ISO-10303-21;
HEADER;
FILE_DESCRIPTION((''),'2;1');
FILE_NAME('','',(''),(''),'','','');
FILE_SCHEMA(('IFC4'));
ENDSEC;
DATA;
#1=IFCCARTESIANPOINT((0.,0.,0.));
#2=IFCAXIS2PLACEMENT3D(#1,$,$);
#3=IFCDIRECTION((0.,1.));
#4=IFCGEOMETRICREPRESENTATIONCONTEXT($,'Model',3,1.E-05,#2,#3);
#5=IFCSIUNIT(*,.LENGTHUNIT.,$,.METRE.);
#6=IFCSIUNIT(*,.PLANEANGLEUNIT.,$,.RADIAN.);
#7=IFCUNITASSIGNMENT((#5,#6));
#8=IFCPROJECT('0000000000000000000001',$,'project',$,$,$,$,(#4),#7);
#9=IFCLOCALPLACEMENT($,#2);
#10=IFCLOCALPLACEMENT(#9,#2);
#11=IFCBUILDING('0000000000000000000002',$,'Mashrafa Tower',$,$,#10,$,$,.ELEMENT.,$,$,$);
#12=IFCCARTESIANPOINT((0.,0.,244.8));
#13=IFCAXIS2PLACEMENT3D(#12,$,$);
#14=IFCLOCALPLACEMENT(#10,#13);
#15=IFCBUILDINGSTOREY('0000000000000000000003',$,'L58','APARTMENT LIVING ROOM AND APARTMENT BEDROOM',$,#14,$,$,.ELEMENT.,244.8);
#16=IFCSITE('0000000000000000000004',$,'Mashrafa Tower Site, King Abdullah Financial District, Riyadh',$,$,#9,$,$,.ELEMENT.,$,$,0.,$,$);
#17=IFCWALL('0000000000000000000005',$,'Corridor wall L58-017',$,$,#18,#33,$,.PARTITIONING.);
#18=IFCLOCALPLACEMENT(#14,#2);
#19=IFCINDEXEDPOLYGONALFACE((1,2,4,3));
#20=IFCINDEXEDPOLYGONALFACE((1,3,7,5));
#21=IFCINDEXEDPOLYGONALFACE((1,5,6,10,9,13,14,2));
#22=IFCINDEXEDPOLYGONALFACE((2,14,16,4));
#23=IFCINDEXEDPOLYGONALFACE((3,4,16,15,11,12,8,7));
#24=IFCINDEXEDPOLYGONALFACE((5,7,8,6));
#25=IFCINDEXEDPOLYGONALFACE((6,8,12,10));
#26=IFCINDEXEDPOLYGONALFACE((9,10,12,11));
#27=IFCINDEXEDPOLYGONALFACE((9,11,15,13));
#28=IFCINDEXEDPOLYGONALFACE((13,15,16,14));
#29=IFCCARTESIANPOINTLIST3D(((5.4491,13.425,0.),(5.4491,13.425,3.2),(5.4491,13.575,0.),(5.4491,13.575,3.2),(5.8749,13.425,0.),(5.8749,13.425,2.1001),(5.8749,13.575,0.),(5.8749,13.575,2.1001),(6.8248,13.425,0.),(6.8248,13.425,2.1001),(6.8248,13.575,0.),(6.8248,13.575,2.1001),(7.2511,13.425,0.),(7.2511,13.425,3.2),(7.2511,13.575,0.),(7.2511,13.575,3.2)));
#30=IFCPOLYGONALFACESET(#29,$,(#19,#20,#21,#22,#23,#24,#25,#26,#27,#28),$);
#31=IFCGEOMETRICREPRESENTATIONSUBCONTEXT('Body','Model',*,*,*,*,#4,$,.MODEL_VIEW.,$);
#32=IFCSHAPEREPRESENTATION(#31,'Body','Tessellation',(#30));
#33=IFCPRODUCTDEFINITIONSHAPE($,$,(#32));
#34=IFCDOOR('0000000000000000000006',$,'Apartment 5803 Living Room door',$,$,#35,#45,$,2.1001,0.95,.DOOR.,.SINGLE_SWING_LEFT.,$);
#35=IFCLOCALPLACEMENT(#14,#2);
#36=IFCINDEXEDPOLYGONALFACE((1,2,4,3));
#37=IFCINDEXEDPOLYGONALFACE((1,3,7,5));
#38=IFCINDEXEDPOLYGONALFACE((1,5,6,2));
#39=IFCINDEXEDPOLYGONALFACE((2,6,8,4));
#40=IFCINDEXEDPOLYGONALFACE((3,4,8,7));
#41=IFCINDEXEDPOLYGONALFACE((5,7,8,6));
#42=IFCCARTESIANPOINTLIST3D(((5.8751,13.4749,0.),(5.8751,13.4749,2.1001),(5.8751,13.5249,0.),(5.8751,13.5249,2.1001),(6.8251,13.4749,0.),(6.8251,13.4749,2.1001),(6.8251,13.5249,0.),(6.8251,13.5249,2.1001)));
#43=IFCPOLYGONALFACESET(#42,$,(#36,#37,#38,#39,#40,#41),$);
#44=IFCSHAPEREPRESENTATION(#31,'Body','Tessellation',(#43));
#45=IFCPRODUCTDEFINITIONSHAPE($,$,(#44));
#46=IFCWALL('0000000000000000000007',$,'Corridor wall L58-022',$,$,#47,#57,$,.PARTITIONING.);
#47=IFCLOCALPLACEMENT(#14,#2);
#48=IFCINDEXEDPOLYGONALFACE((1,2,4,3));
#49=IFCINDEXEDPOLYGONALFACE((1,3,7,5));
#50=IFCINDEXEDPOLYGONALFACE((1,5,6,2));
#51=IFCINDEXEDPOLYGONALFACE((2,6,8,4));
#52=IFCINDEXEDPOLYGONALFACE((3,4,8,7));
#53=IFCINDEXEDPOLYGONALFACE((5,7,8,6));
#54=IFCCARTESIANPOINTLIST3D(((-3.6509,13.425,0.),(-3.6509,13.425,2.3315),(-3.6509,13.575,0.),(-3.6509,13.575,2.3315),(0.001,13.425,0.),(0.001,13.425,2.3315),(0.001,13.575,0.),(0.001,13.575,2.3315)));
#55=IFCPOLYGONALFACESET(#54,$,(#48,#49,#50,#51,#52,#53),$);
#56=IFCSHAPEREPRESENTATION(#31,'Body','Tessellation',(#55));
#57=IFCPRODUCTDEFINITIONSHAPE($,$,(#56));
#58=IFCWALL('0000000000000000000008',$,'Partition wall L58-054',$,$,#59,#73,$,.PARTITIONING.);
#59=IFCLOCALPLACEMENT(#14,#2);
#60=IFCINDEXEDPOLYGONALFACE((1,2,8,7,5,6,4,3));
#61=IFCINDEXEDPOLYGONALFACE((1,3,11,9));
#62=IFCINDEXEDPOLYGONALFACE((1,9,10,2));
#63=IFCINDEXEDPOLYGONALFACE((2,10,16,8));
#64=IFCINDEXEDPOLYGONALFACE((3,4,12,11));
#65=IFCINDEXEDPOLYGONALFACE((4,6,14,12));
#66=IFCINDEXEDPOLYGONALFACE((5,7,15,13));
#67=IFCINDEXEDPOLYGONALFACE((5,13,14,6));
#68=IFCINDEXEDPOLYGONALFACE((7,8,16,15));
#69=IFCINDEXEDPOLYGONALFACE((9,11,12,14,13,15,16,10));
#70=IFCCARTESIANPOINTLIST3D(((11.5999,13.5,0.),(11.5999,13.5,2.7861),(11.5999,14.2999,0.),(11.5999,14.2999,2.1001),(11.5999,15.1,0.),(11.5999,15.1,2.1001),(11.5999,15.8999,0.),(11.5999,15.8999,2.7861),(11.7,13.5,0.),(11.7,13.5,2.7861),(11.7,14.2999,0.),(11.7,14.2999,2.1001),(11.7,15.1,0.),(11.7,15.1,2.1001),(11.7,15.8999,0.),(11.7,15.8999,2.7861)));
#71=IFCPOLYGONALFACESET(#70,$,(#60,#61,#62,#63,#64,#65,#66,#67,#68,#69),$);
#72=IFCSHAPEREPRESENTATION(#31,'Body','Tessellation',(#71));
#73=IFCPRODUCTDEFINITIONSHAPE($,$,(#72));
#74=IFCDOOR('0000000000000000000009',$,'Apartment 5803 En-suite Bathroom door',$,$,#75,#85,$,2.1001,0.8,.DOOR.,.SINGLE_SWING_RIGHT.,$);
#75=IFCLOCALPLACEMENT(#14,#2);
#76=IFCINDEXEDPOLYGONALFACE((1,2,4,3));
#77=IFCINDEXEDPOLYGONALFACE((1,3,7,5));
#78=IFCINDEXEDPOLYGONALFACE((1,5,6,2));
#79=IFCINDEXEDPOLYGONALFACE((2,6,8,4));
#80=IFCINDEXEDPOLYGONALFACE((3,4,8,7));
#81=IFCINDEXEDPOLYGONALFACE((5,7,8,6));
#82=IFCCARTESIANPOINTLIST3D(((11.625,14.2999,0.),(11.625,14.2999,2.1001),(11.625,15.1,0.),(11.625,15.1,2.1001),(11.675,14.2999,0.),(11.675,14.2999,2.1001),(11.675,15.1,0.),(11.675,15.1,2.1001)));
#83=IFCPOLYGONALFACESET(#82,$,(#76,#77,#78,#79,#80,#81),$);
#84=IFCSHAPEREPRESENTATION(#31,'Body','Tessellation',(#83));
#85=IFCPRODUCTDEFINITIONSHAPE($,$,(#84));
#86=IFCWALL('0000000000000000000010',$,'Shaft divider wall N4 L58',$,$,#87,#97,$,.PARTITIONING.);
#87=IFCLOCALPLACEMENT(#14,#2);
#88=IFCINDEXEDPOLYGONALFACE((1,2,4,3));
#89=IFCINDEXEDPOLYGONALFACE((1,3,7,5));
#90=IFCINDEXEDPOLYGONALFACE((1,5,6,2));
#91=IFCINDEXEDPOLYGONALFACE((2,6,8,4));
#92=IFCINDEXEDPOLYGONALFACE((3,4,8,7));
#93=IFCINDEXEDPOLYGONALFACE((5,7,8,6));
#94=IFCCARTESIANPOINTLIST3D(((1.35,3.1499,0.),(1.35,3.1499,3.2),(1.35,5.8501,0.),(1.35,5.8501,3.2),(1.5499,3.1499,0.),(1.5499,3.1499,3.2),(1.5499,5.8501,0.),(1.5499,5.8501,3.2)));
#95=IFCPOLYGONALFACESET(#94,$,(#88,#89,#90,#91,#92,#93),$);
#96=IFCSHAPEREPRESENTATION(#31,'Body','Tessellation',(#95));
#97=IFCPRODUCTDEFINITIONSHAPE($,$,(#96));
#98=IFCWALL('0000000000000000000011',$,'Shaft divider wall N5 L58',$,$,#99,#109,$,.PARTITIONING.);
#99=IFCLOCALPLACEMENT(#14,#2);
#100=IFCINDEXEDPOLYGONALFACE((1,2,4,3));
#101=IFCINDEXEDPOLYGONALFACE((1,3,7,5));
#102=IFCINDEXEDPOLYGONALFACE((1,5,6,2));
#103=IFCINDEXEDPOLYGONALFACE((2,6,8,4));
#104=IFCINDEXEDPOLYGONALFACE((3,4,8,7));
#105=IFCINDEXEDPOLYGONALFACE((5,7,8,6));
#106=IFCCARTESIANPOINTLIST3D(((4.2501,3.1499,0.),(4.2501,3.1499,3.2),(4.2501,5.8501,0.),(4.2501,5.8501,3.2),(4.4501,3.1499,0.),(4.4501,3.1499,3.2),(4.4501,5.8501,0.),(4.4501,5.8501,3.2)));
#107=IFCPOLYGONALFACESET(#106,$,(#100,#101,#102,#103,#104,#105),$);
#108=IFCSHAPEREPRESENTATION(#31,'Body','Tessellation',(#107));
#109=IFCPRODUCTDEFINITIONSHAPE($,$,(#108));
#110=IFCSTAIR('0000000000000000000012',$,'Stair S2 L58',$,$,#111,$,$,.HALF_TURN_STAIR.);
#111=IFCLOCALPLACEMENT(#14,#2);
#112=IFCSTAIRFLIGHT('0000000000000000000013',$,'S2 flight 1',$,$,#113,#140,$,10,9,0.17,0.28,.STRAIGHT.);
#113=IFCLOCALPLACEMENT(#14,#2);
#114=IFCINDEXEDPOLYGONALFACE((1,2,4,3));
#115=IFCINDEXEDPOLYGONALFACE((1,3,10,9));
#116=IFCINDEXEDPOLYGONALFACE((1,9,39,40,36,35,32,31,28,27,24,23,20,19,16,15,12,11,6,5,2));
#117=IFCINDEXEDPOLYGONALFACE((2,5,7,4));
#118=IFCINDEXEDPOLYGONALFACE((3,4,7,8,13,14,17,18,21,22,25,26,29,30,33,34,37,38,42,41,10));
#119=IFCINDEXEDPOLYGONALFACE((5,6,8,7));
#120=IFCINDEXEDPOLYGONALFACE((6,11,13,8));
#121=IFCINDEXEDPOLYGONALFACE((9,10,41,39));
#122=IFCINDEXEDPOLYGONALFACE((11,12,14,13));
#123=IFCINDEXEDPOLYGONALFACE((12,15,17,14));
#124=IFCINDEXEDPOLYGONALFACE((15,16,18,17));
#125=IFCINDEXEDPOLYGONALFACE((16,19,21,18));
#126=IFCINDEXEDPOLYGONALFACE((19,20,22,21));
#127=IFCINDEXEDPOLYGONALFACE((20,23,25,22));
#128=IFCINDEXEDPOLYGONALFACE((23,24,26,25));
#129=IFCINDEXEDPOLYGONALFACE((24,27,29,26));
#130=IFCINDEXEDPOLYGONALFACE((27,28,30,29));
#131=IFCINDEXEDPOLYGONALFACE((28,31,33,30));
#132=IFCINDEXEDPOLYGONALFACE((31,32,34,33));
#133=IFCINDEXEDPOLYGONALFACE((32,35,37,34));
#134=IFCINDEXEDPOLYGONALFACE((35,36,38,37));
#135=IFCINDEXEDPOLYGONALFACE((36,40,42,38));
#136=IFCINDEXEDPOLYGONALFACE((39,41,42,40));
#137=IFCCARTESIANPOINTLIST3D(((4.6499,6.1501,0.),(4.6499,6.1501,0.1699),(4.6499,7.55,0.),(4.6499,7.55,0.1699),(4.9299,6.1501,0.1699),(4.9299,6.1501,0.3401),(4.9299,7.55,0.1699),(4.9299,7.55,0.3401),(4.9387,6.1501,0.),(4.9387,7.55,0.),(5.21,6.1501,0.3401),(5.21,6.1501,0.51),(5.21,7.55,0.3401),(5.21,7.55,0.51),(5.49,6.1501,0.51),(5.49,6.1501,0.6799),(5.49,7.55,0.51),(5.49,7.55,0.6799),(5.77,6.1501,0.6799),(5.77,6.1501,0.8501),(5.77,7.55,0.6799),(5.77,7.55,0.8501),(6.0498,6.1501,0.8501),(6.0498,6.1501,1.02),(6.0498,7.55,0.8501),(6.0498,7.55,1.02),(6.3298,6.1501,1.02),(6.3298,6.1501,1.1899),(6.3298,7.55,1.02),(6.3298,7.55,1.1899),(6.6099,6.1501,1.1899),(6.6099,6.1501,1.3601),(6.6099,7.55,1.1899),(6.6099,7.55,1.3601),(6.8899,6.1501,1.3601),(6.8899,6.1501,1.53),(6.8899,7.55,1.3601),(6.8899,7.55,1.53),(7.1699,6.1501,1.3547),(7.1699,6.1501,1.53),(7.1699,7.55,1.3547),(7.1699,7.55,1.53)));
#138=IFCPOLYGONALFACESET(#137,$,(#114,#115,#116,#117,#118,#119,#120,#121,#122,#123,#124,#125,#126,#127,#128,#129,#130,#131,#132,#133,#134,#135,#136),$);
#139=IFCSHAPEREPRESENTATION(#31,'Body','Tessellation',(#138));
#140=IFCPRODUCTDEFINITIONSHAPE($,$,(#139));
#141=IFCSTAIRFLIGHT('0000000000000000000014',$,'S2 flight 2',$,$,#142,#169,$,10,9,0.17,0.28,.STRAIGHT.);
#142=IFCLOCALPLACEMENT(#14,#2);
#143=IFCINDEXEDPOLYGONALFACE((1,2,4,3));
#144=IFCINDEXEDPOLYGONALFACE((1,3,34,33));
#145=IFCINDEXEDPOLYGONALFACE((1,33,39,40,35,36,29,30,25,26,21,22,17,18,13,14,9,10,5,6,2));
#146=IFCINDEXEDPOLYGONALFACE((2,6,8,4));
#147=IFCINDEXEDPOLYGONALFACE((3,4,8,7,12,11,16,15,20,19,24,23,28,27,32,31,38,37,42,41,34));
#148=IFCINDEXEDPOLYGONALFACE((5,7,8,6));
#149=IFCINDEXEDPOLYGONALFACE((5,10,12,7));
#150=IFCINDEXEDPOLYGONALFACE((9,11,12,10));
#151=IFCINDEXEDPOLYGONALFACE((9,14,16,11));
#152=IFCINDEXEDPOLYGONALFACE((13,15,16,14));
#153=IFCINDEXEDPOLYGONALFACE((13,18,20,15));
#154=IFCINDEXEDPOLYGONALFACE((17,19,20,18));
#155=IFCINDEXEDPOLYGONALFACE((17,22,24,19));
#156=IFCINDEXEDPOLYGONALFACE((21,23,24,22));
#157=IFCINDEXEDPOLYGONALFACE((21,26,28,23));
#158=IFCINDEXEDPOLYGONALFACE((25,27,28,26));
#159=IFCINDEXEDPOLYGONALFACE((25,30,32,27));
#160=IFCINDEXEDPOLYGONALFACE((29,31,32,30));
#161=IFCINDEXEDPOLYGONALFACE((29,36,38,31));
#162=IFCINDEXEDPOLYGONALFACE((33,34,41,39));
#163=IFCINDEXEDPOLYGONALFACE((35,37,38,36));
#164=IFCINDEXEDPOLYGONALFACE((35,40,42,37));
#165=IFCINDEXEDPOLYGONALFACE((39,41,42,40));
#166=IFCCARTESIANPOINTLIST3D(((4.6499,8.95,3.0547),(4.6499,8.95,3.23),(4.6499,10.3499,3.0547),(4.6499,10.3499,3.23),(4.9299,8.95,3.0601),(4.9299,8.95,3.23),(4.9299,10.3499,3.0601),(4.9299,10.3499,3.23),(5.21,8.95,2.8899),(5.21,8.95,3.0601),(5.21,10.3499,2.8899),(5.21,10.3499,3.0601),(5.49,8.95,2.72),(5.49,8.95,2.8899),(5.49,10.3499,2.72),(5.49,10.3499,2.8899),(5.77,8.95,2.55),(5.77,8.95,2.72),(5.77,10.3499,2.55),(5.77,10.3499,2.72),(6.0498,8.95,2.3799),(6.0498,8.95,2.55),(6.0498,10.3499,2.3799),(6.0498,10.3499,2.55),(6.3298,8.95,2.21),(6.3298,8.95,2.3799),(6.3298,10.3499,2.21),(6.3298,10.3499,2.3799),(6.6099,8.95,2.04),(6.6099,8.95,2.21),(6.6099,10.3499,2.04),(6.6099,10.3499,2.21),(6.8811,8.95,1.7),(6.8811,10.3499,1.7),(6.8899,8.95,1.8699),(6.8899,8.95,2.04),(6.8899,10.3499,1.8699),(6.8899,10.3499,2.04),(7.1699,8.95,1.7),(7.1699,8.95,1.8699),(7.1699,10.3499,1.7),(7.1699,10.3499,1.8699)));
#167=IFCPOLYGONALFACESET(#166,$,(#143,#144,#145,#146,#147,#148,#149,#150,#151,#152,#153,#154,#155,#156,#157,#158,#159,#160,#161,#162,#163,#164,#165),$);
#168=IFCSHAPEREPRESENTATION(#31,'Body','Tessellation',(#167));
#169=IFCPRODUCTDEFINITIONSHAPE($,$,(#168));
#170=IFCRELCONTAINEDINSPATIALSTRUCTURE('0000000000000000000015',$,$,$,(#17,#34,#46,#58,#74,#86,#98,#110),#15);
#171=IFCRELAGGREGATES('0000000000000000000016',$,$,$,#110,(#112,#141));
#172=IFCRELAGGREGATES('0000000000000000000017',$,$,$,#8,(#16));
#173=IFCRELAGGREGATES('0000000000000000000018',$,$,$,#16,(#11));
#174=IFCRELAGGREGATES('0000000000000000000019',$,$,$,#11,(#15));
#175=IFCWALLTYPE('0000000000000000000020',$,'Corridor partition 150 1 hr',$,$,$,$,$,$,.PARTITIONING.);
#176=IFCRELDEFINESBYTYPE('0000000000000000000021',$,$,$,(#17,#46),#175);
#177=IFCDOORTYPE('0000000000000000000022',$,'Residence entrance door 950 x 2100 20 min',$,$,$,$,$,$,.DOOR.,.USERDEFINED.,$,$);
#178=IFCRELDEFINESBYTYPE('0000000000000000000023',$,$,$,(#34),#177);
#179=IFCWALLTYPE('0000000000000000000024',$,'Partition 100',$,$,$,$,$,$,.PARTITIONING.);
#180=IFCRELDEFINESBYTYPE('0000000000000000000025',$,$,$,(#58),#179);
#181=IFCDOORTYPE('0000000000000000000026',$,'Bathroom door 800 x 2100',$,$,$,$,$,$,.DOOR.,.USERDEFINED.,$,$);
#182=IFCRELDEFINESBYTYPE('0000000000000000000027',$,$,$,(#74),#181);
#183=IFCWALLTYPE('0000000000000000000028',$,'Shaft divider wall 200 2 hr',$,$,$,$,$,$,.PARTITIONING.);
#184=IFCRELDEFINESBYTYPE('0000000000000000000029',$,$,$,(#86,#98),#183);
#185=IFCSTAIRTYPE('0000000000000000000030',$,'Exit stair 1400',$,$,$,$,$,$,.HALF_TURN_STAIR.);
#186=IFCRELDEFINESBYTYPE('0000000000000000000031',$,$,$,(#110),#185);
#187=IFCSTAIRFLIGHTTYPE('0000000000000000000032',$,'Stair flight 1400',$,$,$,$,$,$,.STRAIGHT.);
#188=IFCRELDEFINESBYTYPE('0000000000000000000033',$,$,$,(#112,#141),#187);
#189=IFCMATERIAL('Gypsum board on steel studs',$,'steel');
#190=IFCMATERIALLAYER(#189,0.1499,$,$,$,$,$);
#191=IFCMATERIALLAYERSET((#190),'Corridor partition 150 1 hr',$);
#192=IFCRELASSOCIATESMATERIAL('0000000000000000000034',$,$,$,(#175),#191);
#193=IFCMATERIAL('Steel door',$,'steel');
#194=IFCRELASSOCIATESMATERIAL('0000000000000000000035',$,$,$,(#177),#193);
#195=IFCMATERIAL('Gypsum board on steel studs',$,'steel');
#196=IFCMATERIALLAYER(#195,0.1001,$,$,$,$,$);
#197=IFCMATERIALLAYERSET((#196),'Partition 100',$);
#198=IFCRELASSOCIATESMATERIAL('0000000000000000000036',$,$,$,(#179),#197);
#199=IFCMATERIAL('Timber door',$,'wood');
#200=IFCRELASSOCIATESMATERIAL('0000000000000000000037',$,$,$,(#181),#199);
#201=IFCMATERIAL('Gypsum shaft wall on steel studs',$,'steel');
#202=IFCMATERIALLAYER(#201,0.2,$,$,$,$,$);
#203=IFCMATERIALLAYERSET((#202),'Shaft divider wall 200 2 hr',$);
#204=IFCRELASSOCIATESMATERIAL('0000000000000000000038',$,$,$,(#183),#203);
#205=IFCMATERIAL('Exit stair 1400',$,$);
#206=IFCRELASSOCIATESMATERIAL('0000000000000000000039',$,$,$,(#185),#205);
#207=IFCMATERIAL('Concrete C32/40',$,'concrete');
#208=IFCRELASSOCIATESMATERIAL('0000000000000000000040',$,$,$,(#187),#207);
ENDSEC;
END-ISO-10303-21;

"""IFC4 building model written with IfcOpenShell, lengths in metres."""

from ifc_helpers import new_model, si_unit, direction, frame, frame_2d, origin, place, context, subcontext, project, spatial, polyline, rectangle, outline, extrude, material, layer, layer_set, type_object, element, fill, aggregate, save


model = new_model("IFC4")

# Units and contexts
model_context = context("Model", 3, precision=1e-05, world=origin(), true_north=direction((0.0, 1.0)))
body_context = subcontext(model_context, "Body", "Model", "MODEL_VIEW")
ifc_project = project(units=[si_unit("LENGTHUNIT", "METRE"), si_unit("PLANEANGLEUNIT", "RADIAN")], contexts=[model_context])

# Site, building, storey
site_placement = place(None, origin())
site = spatial("IfcSite", under=ifc_project, at=site_placement, Name="Mashrafa Tower Site, King Abdullah Financial District, Riyadh", CompositionType="ELEMENT", RefElevation=0.0)
building_placement = place(site_placement, origin())
building = spatial("IfcBuilding", under=site, at=building_placement, Name="Mashrafa Tower", CompositionType="ELEMENT")
storey_placement = place(building_placement, frame((0.0, 0.0, 244.8)))
storey = spatial("IfcBuildingStorey", under=building, at=storey_placement, Name="L58", Description="APARTMENT LIVING ROOM AND APARTMENT BEDROOM", CompositionType="ELEMENT", Elevation=244.8)

# Shared definitions
ifc_material_1 = material(Name="Gypsum board on steel studs", Category="steel")
ifc_layer_1 = layer(ifc_material_1, 0.1499)
ifc_layer_set_1 = layer_set([ifc_layer_1], Name="Corridor partition 150 1 hr")
wall_type_1 = type_object("IfcWallType", Name="Corridor partition 150 1 hr", PredefinedType="PARTITIONING", material=ifc_layer_set_1)

# Wall, opening, door
wall_1_placement = place(storey_placement, frame((7.251, 13.5, 0.0), z_axis=(0.0, 0.0, 1.0), x_axis=(-1.0, 0.0, 0.0)))
wall_1 = element("IfcWall", 1, at=wall_1_placement, inside=storey, type_object=wall_type_1, Name="Corridor wall L58-017", PredefinedType="PARTITIONING", context=body_context, shape_type="SweptSolid", body=[
    extrude(rectangle(XDim=1.802, YDim=0.1499, at=frame_2d((0.9009, 0.0))), origin(), (0.0, 0.0, 1.0), 3.2),
])
opening_1_placement = place(wall_1_placement, frame((0.426, 0.0, 0.0)))
opening_1 = element("IfcOpeningElement", 2, at=opening_1_placement, cuts=wall_1, PredefinedType="OPENING", context=body_context, shape_type="SweptSolid", body=[
    extrude(rectangle(XDim=0.95, YDim=2.1001, at=frame_2d((0.4751, 1.05))), frame((0.0, 0.085, 0.0), z_axis=(0.0, -1.0, 0.0), x_axis=(1.0, 0.0, 0.0)), (0.0, 0.0, 1.0), 0.1699),
])
ifc_material_2 = material(Name="Steel door", Category="steel")
door_type_1 = type_object("IfcDoorType", Name="Residence entrance door 950 x 2100 20 min", OperationType="USERDEFINED", PredefinedType="DOOR", material=ifc_material_2)
door_1_placement = place(opening_1_placement, frame((0.95, 0.0, 0.0), z_axis=(0.0, 0.0, 1.0), x_axis=(-1.0, 0.0, 0.0)))
door_1 = element("IfcDoor", 3, at=door_1_placement, inside=storey, type_object=door_type_1, Name="Apartment 5803 Living Room door", OperationType="SINGLE_SWING_LEFT", OverallHeight=2.1001, OverallWidth=0.95, PredefinedType="DOOR", context=body_context, shape_type="SweptSolid", body=[
    extrude(rectangle(XDim=0.95, YDim=2.1001, at=frame_2d((0.4751, 1.05))), frame((0.0, 0.0249, 0.0), z_axis=(0.0, -1.0, 0.0), x_axis=(1.0, 0.0, 0.0)), (0.0, 0.0, 1.0), 0.05),
])
fill(opening_1, door_1)

# Wall
wall_2_placement = place(storey_placement, frame((0.001, 13.5, 0.0), z_axis=(0.0, 0.0, 1.0), x_axis=(-1.0, 0.0, 0.0)))
element("IfcWall", 4, at=wall_2_placement, inside=storey, type_object=wall_type_1, Name="Corridor wall L58-022", PredefinedType="PARTITIONING", context=body_context, shape_type="SweptSolid", body=[
    extrude(rectangle(XDim=3.6519, YDim=0.1499, at=frame_2d((1.8259, 0.0))), origin(), (0.0, 0.0, 1.0), 2.3315),
])

# Wall, opening, door
ifc_material_3 = material(Name="Gypsum board on steel studs", Category="steel")
ifc_layer_2 = layer(ifc_material_3, 0.1001)
ifc_layer_set_2 = layer_set([ifc_layer_2], Name="Partition 100")
wall_type_2 = type_object("IfcWallType", Name="Partition 100", PredefinedType="PARTITIONING", material=ifc_layer_set_2)
wall_3_placement = place(storey_placement, frame((11.6499, 13.5, 0.0), z_axis=(0.0, 0.0, 1.0), x_axis=(0.0, 1.0, 0.0)))
wall_3 = element("IfcWall", 5, at=wall_3_placement, inside=storey, type_object=wall_type_2, Name="Partition wall L58-054", PredefinedType="PARTITIONING", context=body_context, shape_type="SweptSolid", body=[
    extrude(rectangle(XDim=2.3999, YDim=0.1001, at=frame_2d((1.2, 0.0))), origin(), (0.0, 0.0, 1.0), 2.7861),
])
opening_2_placement = place(wall_3_placement, frame((0.8, 0.0, 0.0)))
opening_2 = element("IfcOpeningElement", 6, at=opening_2_placement, cuts=wall_3, PredefinedType="OPENING", context=body_context, shape_type="SweptSolid", body=[
    extrude(rectangle(XDim=0.8, YDim=2.1001, at=frame_2d((0.3999, 1.05))), frame((0.0, 0.0601, 0.0), z_axis=(0.0, -1.0, 0.0), x_axis=(1.0, 0.0, 0.0)), (0.0, 0.0, 1.0), 0.1201),
])
ifc_material_4 = material(Name="Timber door", Category="wood")
door_type_2 = type_object("IfcDoorType", Name="Bathroom door 800 x 2100", OperationType="USERDEFINED", PredefinedType="DOOR", material=ifc_material_4)
door_2_placement = place(opening_2_placement, origin())
door_2 = element("IfcDoor", 7, at=door_2_placement, inside=storey, type_object=door_type_2, Name="Apartment 5803 En-suite Bathroom door", OperationType="SINGLE_SWING_RIGHT", OverallHeight=2.1001, OverallWidth=0.8, PredefinedType="DOOR", context=body_context, shape_type="SweptSolid", body=[
    extrude(rectangle(XDim=0.8, YDim=2.1001, at=frame_2d((0.3999, 1.05))), frame((0.0, 0.0249, 0.0), z_axis=(0.0, -1.0, 0.0), x_axis=(1.0, 0.0, 0.0)), (0.0, 0.0, 1.0), 0.05),
])
fill(opening_2, door_2)

# Walls
ifc_material_5 = material(Name="Gypsum shaft wall on steel studs", Category="steel")
ifc_layer_3 = layer(ifc_material_5, 0.2)
ifc_layer_set_3 = layer_set([ifc_layer_3], Name="Shaft divider wall 200 2 hr")
wall_type_3 = type_object("IfcWallType", Name="Shaft divider wall 200 2 hr", PredefinedType="PARTITIONING", material=ifc_layer_set_3)
for number, where, z_axis, x_axis, name in (
    (8, (1.45, 3.1499, 0.0), (0.0, 0.0, 1.0), (0.0, 1.0, 0.0), "Shaft divider wall N4 L58"),
    (9, (4.3501, 3.1499, 0.0), (0.0, 0.0, 1.0), (0.0, 1.0, 0.0), "Shaft divider wall N5 L58"),
):
    element("IfcWall", number, at=place(storey_placement, frame(where, z_axis=z_axis, x_axis=x_axis)), inside=storey, type_object=wall_type_3, Name=name, PredefinedType="PARTITIONING", context=body_context, shape_type="SweptSolid", body=[
        extrude(rectangle(XDim=2.7002, YDim=0.2, at=frame_2d((1.3501, 0.0))), origin(), (0.0, 0.0, 1.0), 3.2),
    ])

# Stair, stair flights
ifc_material_6 = material(Name="Exit stair 1400")
stair_type = type_object("IfcStairType", Name="Exit stair 1400", PredefinedType="HALF_TURN_STAIR", material=ifc_material_6)
stair_placement = place(storey_placement, origin())
stair = element("IfcStair", 10, at=stair_placement, inside=storey, type_object=stair_type, Name="Stair S2 L58", PredefinedType="HALF_TURN_STAIR")
ifc_material_7 = material(Name="Concrete C32/40", Category="concrete")
stair_flight_type = type_object("IfcStairFlightType", Name="Stair flight 1400", PredefinedType="STRAIGHT", material=ifc_material_7)
stair_flight_1_placement = place(storey_placement, frame((4.6499, 6.8501, 0.0), z_axis=(0.0, 0.0, 1.0), x_axis=(1.0, 0.0, 0.0)))
stair_flight_1 = element("IfcStairFlight", 11, at=stair_flight_1_placement, type_object=stair_flight_type, Name="S2 flight 1", NumberOfRisers=10, NumberOfTreads=9, PredefinedType="STRAIGHT", RiserHeight=0.17, TreadLength=0.28, context=body_context, shape_type="SweptSolid", body=[
    extrude(outline(polyline([(0.0, 0.0), (0.0, 0.1699), (0.28, 0.1699), (0.28, 0.3401), (0.5601, 0.3401), (0.5601, 0.51), (0.8401, 0.51), (0.8401, 0.6799), (1.1201, 0.6799), (1.1201, 0.8501), (1.3999, 0.8501), (1.3999, 1.02), (1.6799, 1.02), (1.6799, 1.1899), (1.96, 1.1899), (1.96, 1.3601), (2.24, 1.3601), (2.24, 1.53), (2.52, 1.53), (2.52, 1.7), (2.52, 1.3547), (0.2888, 0.0), (0.0, 0.0)])), frame((0.0, 0.7, 0.0), z_axis=(0.0, -1.0, 0.0), x_axis=(1.0, 0.0, 0.0)), (0.0, 0.0, 1.0), 1.3999),
])
stair_flight_2_placement = place(storey_placement, frame((7.1699, 9.6499, 1.7), z_axis=(0.0, 0.0, 1.0), x_axis=(-1.0, 0.0, 0.0)))
stair_flight_2 = element("IfcStairFlight", 12, at=stair_flight_2_placement, type_object=stair_flight_type, Name="S2 flight 2", NumberOfRisers=10, NumberOfTreads=9, PredefinedType="STRAIGHT", RiserHeight=0.17, TreadLength=0.28, context=body_context, shape_type="SweptSolid", body=[
    extrude(outline(polyline([(0.0, 0.0), (0.0, 0.1699), (0.28, 0.1699), (0.28, 0.3401), (0.5601, 0.3401), (0.5601, 0.51), (0.8401, 0.51), (0.8401, 0.6799), (1.1201, 0.6799), (1.1201, 0.8501), (1.3999, 0.8501), (1.3999, 1.02), (1.6799, 1.02), (1.6799, 1.1899), (1.96, 1.1899), (1.96, 1.3601), (2.24, 1.3601), (2.24, 1.53), (2.52, 1.53), (2.52, 1.7), (2.52, 1.3547), (0.2888, 0.0), (0.0, 0.0)])), frame((0.0, 0.7, 0.0), z_axis=(0.0, -1.0, 0.0), x_axis=(1.0, 0.0, 0.0)), (0.0, 0.0, 1.0), 1.3999),
])
aggregate(stair, [stair_flight_1, stair_flight_2])

save(model, "model.ifc")
